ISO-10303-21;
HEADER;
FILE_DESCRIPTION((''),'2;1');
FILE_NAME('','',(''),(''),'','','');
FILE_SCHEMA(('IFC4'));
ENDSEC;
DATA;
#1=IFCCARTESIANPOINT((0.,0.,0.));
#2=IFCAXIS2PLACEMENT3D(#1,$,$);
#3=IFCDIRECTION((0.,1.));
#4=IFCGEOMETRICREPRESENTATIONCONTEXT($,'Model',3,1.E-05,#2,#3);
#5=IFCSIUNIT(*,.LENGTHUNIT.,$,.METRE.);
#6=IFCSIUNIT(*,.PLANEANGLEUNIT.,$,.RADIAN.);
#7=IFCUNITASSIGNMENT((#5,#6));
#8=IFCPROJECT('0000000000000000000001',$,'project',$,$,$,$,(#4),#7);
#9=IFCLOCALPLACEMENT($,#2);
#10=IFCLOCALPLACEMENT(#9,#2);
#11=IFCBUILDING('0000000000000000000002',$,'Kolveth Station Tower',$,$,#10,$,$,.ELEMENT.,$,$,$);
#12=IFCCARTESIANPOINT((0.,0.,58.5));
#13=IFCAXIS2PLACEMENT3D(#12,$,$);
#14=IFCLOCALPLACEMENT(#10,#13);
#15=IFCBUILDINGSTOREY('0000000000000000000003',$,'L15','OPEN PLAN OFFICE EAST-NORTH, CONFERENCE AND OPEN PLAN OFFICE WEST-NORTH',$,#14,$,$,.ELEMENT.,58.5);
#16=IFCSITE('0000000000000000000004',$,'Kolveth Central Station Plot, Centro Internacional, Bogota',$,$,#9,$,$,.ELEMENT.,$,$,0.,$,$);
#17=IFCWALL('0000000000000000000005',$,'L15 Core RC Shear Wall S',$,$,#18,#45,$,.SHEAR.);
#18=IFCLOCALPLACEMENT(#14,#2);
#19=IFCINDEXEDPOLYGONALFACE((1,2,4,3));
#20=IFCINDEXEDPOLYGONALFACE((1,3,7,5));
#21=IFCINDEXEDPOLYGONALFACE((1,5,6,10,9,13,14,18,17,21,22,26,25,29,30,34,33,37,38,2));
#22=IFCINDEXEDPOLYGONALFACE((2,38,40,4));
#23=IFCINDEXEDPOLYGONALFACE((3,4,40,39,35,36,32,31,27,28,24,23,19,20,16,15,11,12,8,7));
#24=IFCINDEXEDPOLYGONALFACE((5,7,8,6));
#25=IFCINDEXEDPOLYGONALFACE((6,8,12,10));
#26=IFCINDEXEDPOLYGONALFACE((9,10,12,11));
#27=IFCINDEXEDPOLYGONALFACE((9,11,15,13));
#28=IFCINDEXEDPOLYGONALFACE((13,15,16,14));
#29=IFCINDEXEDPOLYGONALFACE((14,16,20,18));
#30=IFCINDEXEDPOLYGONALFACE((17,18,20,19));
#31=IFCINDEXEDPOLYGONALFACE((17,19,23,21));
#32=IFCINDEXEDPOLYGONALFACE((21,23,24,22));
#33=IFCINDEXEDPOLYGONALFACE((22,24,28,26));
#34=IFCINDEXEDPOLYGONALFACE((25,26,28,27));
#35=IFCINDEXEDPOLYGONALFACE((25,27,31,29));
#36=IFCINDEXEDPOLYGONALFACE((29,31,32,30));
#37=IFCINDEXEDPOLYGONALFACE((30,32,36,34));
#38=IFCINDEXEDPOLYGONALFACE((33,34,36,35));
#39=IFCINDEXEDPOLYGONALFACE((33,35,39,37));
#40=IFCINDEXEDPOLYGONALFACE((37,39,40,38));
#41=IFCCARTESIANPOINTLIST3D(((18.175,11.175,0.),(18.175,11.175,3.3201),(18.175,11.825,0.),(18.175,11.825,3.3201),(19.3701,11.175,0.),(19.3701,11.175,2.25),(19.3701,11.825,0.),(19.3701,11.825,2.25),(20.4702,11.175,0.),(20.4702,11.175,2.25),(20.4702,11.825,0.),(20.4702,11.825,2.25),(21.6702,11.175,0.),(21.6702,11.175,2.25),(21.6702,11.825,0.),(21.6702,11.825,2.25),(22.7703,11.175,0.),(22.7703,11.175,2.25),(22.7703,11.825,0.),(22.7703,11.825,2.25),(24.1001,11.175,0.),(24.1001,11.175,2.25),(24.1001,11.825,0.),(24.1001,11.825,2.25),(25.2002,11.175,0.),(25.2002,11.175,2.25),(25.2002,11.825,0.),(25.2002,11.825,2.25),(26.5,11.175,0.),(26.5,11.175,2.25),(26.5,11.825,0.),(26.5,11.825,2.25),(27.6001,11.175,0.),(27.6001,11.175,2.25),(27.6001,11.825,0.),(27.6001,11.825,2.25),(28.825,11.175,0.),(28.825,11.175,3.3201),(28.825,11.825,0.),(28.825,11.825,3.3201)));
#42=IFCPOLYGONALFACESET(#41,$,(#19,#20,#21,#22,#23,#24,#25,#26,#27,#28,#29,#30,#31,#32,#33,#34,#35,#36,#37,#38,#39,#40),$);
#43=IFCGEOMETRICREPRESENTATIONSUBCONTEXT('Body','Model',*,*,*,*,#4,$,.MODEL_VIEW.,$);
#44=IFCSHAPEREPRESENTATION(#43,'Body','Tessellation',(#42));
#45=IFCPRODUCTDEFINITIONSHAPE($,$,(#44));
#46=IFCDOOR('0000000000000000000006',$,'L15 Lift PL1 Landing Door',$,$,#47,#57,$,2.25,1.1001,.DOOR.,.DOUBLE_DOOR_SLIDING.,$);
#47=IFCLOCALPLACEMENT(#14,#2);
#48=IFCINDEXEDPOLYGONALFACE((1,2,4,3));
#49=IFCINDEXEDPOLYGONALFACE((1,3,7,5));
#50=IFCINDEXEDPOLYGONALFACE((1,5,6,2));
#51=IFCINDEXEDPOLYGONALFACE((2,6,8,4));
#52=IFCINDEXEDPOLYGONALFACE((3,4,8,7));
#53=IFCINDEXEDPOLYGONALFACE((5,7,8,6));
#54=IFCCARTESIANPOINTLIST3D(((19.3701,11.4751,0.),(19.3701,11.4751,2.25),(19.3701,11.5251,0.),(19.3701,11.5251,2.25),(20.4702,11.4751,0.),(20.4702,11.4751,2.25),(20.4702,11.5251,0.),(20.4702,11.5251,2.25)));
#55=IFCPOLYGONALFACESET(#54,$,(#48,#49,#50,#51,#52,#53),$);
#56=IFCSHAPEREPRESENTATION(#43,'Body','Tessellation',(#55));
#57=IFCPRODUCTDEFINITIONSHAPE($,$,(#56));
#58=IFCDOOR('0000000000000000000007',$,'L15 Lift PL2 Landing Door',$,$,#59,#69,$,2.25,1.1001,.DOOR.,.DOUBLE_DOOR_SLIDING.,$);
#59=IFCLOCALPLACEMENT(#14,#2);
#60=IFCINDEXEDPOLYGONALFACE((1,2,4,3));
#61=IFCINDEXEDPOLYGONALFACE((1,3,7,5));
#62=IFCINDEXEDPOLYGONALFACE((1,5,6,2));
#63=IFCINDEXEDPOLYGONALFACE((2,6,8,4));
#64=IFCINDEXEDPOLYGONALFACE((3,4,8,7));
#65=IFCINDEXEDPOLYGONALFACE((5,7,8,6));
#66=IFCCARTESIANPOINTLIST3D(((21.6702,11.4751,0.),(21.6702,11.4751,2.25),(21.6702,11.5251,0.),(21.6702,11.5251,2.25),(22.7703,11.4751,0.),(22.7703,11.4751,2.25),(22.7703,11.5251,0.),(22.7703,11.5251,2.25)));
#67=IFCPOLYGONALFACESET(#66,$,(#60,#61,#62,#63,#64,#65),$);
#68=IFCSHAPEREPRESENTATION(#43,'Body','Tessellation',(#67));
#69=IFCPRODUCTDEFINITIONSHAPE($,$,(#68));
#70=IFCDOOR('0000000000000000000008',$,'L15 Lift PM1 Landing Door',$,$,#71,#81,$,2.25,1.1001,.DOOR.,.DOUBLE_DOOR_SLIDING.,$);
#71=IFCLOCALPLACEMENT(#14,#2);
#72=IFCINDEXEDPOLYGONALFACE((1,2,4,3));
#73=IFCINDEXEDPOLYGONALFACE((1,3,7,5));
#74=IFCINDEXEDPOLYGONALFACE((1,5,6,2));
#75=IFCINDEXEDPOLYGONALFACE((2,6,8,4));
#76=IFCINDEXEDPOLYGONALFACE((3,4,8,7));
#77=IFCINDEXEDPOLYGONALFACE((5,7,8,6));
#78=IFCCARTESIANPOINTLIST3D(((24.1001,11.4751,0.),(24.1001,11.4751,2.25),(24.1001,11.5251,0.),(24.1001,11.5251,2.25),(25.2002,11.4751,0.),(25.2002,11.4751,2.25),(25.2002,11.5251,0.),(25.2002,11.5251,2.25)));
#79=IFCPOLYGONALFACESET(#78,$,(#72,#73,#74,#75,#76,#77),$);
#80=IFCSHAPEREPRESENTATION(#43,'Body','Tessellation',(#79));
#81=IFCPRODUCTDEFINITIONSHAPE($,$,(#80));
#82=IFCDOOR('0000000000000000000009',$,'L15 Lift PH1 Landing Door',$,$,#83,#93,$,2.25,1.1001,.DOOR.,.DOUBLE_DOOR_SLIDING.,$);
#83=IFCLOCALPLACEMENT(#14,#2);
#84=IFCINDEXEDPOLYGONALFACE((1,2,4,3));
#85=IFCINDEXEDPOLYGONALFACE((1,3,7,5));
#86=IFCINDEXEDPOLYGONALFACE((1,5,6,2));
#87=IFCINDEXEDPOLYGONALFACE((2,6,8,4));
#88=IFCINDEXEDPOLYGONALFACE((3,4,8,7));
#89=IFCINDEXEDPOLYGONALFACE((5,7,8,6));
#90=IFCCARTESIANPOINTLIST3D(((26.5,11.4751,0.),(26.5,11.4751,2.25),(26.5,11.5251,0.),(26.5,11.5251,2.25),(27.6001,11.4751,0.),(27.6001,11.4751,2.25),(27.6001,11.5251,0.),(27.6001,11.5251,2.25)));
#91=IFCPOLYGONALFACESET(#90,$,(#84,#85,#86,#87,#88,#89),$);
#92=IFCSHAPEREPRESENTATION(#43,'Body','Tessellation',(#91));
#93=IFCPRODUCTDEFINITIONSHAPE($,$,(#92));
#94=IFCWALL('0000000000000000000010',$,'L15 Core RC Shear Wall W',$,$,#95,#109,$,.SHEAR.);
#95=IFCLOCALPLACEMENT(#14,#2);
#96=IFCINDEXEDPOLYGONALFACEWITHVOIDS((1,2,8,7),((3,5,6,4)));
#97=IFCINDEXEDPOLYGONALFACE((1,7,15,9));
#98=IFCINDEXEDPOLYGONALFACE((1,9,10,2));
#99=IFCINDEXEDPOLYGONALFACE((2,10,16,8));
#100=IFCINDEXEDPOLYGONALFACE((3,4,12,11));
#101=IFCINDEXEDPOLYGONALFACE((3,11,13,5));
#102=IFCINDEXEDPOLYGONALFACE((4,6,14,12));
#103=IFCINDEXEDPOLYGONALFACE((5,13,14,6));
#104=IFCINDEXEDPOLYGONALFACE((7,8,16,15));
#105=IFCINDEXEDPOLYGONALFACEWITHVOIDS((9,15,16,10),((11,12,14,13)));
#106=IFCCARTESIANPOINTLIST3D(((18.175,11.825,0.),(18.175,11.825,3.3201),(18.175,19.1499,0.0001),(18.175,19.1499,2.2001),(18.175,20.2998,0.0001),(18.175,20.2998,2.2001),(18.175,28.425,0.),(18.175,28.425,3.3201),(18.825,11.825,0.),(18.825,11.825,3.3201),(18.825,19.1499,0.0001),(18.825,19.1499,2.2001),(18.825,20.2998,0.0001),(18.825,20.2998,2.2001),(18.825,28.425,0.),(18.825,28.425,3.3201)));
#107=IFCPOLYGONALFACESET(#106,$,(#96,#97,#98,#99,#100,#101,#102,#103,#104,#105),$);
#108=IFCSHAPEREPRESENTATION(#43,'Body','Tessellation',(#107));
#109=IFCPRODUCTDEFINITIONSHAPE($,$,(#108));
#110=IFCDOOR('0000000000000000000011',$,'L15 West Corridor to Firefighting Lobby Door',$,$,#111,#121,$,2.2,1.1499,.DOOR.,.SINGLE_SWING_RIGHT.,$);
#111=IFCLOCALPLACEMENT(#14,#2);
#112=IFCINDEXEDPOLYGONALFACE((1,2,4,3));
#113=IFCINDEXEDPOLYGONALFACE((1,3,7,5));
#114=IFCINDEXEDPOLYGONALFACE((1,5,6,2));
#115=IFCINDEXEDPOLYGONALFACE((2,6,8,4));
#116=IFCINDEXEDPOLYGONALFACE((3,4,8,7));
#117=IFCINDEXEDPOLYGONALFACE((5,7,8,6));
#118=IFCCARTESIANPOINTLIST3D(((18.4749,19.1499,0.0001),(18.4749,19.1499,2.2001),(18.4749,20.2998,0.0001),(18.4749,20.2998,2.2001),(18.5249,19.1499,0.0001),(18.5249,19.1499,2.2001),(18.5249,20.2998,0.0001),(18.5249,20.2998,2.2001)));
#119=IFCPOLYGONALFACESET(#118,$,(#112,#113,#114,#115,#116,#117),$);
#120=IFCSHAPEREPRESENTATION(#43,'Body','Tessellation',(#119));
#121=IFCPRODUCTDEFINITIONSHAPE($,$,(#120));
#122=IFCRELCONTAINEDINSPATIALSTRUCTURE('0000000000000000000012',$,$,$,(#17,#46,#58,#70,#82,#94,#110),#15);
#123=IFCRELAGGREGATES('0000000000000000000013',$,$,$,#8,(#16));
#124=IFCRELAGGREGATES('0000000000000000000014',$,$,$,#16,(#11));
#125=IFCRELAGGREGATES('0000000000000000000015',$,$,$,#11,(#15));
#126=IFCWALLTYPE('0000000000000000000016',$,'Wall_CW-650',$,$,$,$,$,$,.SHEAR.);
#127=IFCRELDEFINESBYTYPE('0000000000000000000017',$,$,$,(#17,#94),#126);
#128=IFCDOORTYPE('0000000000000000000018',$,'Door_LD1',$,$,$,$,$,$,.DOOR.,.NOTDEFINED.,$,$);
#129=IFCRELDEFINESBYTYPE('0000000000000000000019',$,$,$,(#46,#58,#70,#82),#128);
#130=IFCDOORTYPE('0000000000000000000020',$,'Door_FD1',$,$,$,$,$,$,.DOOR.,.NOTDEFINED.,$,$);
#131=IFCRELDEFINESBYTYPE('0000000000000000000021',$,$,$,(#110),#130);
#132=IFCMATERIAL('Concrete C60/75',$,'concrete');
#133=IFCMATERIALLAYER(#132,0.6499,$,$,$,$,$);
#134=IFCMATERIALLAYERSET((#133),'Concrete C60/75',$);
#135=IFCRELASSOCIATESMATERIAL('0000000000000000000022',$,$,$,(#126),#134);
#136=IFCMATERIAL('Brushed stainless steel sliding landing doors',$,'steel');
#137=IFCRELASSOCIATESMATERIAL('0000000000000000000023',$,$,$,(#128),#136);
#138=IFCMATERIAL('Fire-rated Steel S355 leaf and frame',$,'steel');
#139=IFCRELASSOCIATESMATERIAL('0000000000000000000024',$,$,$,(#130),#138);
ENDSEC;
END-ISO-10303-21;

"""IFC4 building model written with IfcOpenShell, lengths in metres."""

from ifc_helpers import new_model, si_unit, direction, frame, frame_2d, origin, place, context, subcontext, project, spatial, rectangle, extrude, material, layer, layer_set, type_object, element, fill, save


model = new_model("IFC4")

# Units and contexts
model_context = context("Model", 3, precision=1e-05, world=origin(), true_north=direction((0.0, 1.0)))
body_context = subcontext(model_context, "Body", "Model", "MODEL_VIEW")
ifc_project = project(units=[si_unit("LENGTHUNIT", "METRE"), si_unit("PLANEANGLEUNIT", "RADIAN")], contexts=[model_context])

# Site, building, storey
site_placement = place(None, origin())
site = spatial("IfcSite", under=ifc_project, at=site_placement, Name="Kolveth Central Station Plot, Centro Internacional, Bogota", CompositionType="ELEMENT", RefElevation=0.0)
building_placement = place(site_placement, origin())
building = spatial("IfcBuilding", under=site, at=building_placement, Name="Kolveth Station Tower", CompositionType="ELEMENT")
storey_placement = place(building_placement, frame((0.0, 0.0, 58.5)))
storey = spatial("IfcBuildingStorey", under=building, at=storey_placement, Name="L15", Description="OPEN PLAN OFFICE EAST-NORTH, CONFERENCE AND OPEN PLAN OFFICE WEST-NORTH", CompositionType="ELEMENT", Elevation=58.5)

# Wall, openings, doors
ifc_material_1 = material(Name="Concrete C60/75", Category="concrete")
ifc_layer_1 = layer(ifc_material_1, 0.6499)
ifc_layer_set_1 = layer_set([ifc_layer_1], Name="Concrete C60/75")
wall_type_1 = type_object("IfcWallType", Name="Wall_CW-650", PredefinedType="SHEAR", material=ifc_layer_set_1)
wall_1_placement = place(storey_placement, frame((18.175, 11.5, 0.0), z_axis=(0.0, 0.0, 1.0), x_axis=(1.0, 0.0, 0.0)))
wall_1 = element("IfcWall", 1, at=wall_1_placement, inside=storey, type_object=wall_type_1, Name="L15 Core RC Shear Wall S", PredefinedType="SHEAR", context=body_context, shape_type="SweptSolid", body=[
    extrude(rectangle(XDim=10.6499, YDim=0.6499, at=frame_2d((5.325, 0.0))), origin(), (0.0, 0.0, 1.0), 3.3201),
])
opening_1_placement = place(wall_1_placement, frame((1.1951, 0.0, 0.0)))
opening_1 = element("IfcOpeningElement", 2, at=opening_1_placement, cuts=wall_1, PredefinedType="OPENING", context=body_context, shape_type="SweptSolid", body=[
    extrude(rectangle(XDim=1.1001, YDim=2.25, at=frame_2d((0.55, 1.125))), frame((0.0, 0.335, 0.0), z_axis=(0.0, -1.0, 0.0), x_axis=(1.0, 0.0, 0.0)), (0.0, 0.0, 1.0), 0.6699),
])
opening_2_placement = place(wall_1_placement, frame((3.4951, 0.0, 0.0)))
opening_2 = element("IfcOpeningElement", 3, at=opening_2_placement, cuts=wall_1, PredefinedType="OPENING", context=body_context, shape_type="SweptSolid", body=[
    extrude(rectangle(XDim=1.1001, YDim=2.25, at=frame_2d((0.55, 1.125))), frame((0.0, 0.335, 0.0), z_axis=(0.0, -1.0, 0.0), x_axis=(1.0, 0.0, 0.0)), (0.0, 0.0, 1.0), 0.6699),
])
opening_3_placement = place(wall_1_placement, frame((5.925, 0.0, 0.0)))
opening_3 = element("IfcOpeningElement", 4, at=opening_3_placement, cuts=wall_1, PredefinedType="OPENING", context=body_context, shape_type="SweptSolid", body=[
    extrude(rectangle(XDim=1.1001, YDim=2.25, at=frame_2d((0.55, 1.125))), frame((0.0, 0.335, 0.0), z_axis=(0.0, -1.0, 0.0), x_axis=(1.0, 0.0, 0.0)), (0.0, 0.0, 1.0), 0.6699),
])
opening_4_placement = place(wall_1_placement, frame((8.325, 0.0, 0.0)))
opening_4 = element("IfcOpeningElement", 5, at=opening_4_placement, cuts=wall_1, PredefinedType="OPENING", context=body_context, shape_type="SweptSolid", body=[
    extrude(rectangle(XDim=1.1001, YDim=2.25, at=frame_2d((0.55, 1.125))), frame((0.0, 0.335, 0.0), z_axis=(0.0, -1.0, 0.0), x_axis=(1.0, 0.0, 0.0)), (0.0, 0.0, 1.0), 0.6699),
])
ifc_material_2 = material(Name="Brushed stainless steel sliding landing doors", Category="steel")
door_type_1 = type_object("IfcDoorType", Name="Door_LD1", OperationType="NOTDEFINED", PredefinedType="DOOR", material=ifc_material_2)
door_1_placement = place(opening_1_placement, frame((1.1001, 0.0, 0.0), z_axis=(0.0, 0.0, 1.0), x_axis=(-1.0, 0.0, 0.0)))
door_1 = element("IfcDoor", 6, at=door_1_placement, inside=storey, type_object=door_type_1, Name="L15 Lift PL1 Landing Door", OperationType="DOUBLE_DOOR_SLIDING", OverallHeight=2.25, OverallWidth=1.1001, PredefinedType="DOOR", context=body_context, shape_type="SweptSolid", body=[
    extrude(rectangle(XDim=1.1001, YDim=2.25, at=frame_2d((0.55, 1.125))), frame((0.0, 0.0249, 0.0), z_axis=(0.0, -1.0, 0.0), x_axis=(1.0, 0.0, 0.0)), (0.0, 0.0, 1.0), 0.05),
])
fill(opening_1, door_1)
door_2_placement = place(opening_2_placement, frame((1.1001, 0.0, 0.0), z_axis=(0.0, 0.0, 1.0), x_axis=(-1.0, 0.0, 0.0)))
door_2 = element("IfcDoor", 7, at=door_2_placement, inside=storey, type_object=door_type_1, Name="L15 Lift PL2 Landing Door", OperationType="DOUBLE_DOOR_SLIDING", OverallHeight=2.25, OverallWidth=1.1001, PredefinedType="DOOR", context=body_context, shape_type="SweptSolid", body=[
    extrude(rectangle(XDim=1.1001, YDim=2.25, at=frame_2d((0.55, 1.125))), frame((0.0, 0.0249, 0.0), z_axis=(0.0, -1.0, 0.0), x_axis=(1.0, 0.0, 0.0)), (0.0, 0.0, 1.0), 0.05),
])
fill(opening_2, door_2)
door_3_placement = place(opening_3_placement, frame((1.1001, 0.0, 0.0), z_axis=(0.0, 0.0, 1.0), x_axis=(-1.0, 0.0, 0.0)))
door_3 = element("IfcDoor", 8, at=door_3_placement, inside=storey, type_object=door_type_1, Name="L15 Lift PM1 Landing Door", OperationType="DOUBLE_DOOR_SLIDING", OverallHeight=2.25, OverallWidth=1.1001, PredefinedType="DOOR", context=body_context, shape_type="SweptSolid", body=[
    extrude(rectangle(XDim=1.1001, YDim=2.25, at=frame_2d((0.55, 1.125))), frame((0.0, 0.0249, 0.0), z_axis=(0.0, -1.0, 0.0), x_axis=(1.0, 0.0, 0.0)), (0.0, 0.0, 1.0), 0.05),
])
fill(opening_3, door_3)
door_4_placement = place(opening_4_placement, frame((1.1001, 0.0, 0.0), z_axis=(0.0, 0.0, 1.0), x_axis=(-1.0, 0.0, 0.0)))
door_4 = element("IfcDoor", 9, at=door_4_placement, inside=storey, type_object=door_type_1, Name="L15 Lift PH1 Landing Door", OperationType="DOUBLE_DOOR_SLIDING", OverallHeight=2.25, OverallWidth=1.1001, PredefinedType="DOOR", context=body_context, shape_type="SweptSolid", body=[
    extrude(rectangle(XDim=1.1001, YDim=2.25, at=frame_2d((0.55, 1.125))), frame((0.0, 0.0249, 0.0), z_axis=(0.0, -1.0, 0.0), x_axis=(1.0, 0.0, 0.0)), (0.0, 0.0, 1.0), 0.05),
])
fill(opening_4, door_4)

# Wall, opening, door
wall_2_placement = place(storey_placement, frame((18.5, 11.825, 0.0), z_axis=(0.0, 0.0, 1.0), x_axis=(0.0, 1.0, 0.0)))
wall_2 = element("IfcWall", 10, at=wall_2_placement, inside=storey, type_object=wall_type_1, Name="L15 Core RC Shear Wall W", PredefinedType="SHEAR", context=body_context, shape_type="SweptSolid", body=[
    extrude(rectangle(XDim=16.6001, YDim=0.6499, at=frame_2d((8.3, 0.0))), origin(), (0.0, 0.0, 1.0), 3.3201),
])
opening_5_placement = place(wall_2_placement, frame((7.325, 0.0, 0.0)))
opening_5 = element("IfcOpeningElement", 11, at=opening_5_placement, cuts=wall_2, PredefinedType="OPENING", context=body_context, shape_type="SweptSolid", body=[
    extrude(rectangle(XDim=1.1499, YDim=2.2, at=frame_2d((0.575, 1.1001))), frame((0.0, 0.335, 0.0), z_axis=(0.0, -1.0, 0.0), x_axis=(1.0, 0.0, 0.0)), (0.0, 0.0, 1.0), 0.6699),
])
ifc_material_3 = material(Name="Fire-rated Steel S355 leaf and frame", Category="steel")
door_type_2 = type_object("IfcDoorType", Name="Door_FD1", OperationType="NOTDEFINED", PredefinedType="DOOR", material=ifc_material_3)
door_5_placement = place(opening_5_placement, frame((1.1499, 0.0, 0.0), z_axis=(0.0, 0.0, 1.0), x_axis=(-1.0, 0.0, 0.0)))
door_5 = element("IfcDoor", 12, at=door_5_placement, inside=storey, type_object=door_type_2, Name="L15 West Corridor to Firefighting Lobby Door", OperationType="SINGLE_SWING_RIGHT", OverallHeight=2.2, OverallWidth=1.1499, PredefinedType="DOOR", context=body_context, shape_type="SweptSolid", body=[
    extrude(rectangle(XDim=1.1499, YDim=2.2, at=frame_2d((0.575, 1.1001))), frame((0.0, 0.0249, 0.0), z_axis=(0.0, -1.0, 0.0), x_axis=(1.0, 0.0, 0.0)), (0.0, 0.0, 1.0), 0.05),
])
fill(opening_5, door_5)

save(model, "model.ifc")
